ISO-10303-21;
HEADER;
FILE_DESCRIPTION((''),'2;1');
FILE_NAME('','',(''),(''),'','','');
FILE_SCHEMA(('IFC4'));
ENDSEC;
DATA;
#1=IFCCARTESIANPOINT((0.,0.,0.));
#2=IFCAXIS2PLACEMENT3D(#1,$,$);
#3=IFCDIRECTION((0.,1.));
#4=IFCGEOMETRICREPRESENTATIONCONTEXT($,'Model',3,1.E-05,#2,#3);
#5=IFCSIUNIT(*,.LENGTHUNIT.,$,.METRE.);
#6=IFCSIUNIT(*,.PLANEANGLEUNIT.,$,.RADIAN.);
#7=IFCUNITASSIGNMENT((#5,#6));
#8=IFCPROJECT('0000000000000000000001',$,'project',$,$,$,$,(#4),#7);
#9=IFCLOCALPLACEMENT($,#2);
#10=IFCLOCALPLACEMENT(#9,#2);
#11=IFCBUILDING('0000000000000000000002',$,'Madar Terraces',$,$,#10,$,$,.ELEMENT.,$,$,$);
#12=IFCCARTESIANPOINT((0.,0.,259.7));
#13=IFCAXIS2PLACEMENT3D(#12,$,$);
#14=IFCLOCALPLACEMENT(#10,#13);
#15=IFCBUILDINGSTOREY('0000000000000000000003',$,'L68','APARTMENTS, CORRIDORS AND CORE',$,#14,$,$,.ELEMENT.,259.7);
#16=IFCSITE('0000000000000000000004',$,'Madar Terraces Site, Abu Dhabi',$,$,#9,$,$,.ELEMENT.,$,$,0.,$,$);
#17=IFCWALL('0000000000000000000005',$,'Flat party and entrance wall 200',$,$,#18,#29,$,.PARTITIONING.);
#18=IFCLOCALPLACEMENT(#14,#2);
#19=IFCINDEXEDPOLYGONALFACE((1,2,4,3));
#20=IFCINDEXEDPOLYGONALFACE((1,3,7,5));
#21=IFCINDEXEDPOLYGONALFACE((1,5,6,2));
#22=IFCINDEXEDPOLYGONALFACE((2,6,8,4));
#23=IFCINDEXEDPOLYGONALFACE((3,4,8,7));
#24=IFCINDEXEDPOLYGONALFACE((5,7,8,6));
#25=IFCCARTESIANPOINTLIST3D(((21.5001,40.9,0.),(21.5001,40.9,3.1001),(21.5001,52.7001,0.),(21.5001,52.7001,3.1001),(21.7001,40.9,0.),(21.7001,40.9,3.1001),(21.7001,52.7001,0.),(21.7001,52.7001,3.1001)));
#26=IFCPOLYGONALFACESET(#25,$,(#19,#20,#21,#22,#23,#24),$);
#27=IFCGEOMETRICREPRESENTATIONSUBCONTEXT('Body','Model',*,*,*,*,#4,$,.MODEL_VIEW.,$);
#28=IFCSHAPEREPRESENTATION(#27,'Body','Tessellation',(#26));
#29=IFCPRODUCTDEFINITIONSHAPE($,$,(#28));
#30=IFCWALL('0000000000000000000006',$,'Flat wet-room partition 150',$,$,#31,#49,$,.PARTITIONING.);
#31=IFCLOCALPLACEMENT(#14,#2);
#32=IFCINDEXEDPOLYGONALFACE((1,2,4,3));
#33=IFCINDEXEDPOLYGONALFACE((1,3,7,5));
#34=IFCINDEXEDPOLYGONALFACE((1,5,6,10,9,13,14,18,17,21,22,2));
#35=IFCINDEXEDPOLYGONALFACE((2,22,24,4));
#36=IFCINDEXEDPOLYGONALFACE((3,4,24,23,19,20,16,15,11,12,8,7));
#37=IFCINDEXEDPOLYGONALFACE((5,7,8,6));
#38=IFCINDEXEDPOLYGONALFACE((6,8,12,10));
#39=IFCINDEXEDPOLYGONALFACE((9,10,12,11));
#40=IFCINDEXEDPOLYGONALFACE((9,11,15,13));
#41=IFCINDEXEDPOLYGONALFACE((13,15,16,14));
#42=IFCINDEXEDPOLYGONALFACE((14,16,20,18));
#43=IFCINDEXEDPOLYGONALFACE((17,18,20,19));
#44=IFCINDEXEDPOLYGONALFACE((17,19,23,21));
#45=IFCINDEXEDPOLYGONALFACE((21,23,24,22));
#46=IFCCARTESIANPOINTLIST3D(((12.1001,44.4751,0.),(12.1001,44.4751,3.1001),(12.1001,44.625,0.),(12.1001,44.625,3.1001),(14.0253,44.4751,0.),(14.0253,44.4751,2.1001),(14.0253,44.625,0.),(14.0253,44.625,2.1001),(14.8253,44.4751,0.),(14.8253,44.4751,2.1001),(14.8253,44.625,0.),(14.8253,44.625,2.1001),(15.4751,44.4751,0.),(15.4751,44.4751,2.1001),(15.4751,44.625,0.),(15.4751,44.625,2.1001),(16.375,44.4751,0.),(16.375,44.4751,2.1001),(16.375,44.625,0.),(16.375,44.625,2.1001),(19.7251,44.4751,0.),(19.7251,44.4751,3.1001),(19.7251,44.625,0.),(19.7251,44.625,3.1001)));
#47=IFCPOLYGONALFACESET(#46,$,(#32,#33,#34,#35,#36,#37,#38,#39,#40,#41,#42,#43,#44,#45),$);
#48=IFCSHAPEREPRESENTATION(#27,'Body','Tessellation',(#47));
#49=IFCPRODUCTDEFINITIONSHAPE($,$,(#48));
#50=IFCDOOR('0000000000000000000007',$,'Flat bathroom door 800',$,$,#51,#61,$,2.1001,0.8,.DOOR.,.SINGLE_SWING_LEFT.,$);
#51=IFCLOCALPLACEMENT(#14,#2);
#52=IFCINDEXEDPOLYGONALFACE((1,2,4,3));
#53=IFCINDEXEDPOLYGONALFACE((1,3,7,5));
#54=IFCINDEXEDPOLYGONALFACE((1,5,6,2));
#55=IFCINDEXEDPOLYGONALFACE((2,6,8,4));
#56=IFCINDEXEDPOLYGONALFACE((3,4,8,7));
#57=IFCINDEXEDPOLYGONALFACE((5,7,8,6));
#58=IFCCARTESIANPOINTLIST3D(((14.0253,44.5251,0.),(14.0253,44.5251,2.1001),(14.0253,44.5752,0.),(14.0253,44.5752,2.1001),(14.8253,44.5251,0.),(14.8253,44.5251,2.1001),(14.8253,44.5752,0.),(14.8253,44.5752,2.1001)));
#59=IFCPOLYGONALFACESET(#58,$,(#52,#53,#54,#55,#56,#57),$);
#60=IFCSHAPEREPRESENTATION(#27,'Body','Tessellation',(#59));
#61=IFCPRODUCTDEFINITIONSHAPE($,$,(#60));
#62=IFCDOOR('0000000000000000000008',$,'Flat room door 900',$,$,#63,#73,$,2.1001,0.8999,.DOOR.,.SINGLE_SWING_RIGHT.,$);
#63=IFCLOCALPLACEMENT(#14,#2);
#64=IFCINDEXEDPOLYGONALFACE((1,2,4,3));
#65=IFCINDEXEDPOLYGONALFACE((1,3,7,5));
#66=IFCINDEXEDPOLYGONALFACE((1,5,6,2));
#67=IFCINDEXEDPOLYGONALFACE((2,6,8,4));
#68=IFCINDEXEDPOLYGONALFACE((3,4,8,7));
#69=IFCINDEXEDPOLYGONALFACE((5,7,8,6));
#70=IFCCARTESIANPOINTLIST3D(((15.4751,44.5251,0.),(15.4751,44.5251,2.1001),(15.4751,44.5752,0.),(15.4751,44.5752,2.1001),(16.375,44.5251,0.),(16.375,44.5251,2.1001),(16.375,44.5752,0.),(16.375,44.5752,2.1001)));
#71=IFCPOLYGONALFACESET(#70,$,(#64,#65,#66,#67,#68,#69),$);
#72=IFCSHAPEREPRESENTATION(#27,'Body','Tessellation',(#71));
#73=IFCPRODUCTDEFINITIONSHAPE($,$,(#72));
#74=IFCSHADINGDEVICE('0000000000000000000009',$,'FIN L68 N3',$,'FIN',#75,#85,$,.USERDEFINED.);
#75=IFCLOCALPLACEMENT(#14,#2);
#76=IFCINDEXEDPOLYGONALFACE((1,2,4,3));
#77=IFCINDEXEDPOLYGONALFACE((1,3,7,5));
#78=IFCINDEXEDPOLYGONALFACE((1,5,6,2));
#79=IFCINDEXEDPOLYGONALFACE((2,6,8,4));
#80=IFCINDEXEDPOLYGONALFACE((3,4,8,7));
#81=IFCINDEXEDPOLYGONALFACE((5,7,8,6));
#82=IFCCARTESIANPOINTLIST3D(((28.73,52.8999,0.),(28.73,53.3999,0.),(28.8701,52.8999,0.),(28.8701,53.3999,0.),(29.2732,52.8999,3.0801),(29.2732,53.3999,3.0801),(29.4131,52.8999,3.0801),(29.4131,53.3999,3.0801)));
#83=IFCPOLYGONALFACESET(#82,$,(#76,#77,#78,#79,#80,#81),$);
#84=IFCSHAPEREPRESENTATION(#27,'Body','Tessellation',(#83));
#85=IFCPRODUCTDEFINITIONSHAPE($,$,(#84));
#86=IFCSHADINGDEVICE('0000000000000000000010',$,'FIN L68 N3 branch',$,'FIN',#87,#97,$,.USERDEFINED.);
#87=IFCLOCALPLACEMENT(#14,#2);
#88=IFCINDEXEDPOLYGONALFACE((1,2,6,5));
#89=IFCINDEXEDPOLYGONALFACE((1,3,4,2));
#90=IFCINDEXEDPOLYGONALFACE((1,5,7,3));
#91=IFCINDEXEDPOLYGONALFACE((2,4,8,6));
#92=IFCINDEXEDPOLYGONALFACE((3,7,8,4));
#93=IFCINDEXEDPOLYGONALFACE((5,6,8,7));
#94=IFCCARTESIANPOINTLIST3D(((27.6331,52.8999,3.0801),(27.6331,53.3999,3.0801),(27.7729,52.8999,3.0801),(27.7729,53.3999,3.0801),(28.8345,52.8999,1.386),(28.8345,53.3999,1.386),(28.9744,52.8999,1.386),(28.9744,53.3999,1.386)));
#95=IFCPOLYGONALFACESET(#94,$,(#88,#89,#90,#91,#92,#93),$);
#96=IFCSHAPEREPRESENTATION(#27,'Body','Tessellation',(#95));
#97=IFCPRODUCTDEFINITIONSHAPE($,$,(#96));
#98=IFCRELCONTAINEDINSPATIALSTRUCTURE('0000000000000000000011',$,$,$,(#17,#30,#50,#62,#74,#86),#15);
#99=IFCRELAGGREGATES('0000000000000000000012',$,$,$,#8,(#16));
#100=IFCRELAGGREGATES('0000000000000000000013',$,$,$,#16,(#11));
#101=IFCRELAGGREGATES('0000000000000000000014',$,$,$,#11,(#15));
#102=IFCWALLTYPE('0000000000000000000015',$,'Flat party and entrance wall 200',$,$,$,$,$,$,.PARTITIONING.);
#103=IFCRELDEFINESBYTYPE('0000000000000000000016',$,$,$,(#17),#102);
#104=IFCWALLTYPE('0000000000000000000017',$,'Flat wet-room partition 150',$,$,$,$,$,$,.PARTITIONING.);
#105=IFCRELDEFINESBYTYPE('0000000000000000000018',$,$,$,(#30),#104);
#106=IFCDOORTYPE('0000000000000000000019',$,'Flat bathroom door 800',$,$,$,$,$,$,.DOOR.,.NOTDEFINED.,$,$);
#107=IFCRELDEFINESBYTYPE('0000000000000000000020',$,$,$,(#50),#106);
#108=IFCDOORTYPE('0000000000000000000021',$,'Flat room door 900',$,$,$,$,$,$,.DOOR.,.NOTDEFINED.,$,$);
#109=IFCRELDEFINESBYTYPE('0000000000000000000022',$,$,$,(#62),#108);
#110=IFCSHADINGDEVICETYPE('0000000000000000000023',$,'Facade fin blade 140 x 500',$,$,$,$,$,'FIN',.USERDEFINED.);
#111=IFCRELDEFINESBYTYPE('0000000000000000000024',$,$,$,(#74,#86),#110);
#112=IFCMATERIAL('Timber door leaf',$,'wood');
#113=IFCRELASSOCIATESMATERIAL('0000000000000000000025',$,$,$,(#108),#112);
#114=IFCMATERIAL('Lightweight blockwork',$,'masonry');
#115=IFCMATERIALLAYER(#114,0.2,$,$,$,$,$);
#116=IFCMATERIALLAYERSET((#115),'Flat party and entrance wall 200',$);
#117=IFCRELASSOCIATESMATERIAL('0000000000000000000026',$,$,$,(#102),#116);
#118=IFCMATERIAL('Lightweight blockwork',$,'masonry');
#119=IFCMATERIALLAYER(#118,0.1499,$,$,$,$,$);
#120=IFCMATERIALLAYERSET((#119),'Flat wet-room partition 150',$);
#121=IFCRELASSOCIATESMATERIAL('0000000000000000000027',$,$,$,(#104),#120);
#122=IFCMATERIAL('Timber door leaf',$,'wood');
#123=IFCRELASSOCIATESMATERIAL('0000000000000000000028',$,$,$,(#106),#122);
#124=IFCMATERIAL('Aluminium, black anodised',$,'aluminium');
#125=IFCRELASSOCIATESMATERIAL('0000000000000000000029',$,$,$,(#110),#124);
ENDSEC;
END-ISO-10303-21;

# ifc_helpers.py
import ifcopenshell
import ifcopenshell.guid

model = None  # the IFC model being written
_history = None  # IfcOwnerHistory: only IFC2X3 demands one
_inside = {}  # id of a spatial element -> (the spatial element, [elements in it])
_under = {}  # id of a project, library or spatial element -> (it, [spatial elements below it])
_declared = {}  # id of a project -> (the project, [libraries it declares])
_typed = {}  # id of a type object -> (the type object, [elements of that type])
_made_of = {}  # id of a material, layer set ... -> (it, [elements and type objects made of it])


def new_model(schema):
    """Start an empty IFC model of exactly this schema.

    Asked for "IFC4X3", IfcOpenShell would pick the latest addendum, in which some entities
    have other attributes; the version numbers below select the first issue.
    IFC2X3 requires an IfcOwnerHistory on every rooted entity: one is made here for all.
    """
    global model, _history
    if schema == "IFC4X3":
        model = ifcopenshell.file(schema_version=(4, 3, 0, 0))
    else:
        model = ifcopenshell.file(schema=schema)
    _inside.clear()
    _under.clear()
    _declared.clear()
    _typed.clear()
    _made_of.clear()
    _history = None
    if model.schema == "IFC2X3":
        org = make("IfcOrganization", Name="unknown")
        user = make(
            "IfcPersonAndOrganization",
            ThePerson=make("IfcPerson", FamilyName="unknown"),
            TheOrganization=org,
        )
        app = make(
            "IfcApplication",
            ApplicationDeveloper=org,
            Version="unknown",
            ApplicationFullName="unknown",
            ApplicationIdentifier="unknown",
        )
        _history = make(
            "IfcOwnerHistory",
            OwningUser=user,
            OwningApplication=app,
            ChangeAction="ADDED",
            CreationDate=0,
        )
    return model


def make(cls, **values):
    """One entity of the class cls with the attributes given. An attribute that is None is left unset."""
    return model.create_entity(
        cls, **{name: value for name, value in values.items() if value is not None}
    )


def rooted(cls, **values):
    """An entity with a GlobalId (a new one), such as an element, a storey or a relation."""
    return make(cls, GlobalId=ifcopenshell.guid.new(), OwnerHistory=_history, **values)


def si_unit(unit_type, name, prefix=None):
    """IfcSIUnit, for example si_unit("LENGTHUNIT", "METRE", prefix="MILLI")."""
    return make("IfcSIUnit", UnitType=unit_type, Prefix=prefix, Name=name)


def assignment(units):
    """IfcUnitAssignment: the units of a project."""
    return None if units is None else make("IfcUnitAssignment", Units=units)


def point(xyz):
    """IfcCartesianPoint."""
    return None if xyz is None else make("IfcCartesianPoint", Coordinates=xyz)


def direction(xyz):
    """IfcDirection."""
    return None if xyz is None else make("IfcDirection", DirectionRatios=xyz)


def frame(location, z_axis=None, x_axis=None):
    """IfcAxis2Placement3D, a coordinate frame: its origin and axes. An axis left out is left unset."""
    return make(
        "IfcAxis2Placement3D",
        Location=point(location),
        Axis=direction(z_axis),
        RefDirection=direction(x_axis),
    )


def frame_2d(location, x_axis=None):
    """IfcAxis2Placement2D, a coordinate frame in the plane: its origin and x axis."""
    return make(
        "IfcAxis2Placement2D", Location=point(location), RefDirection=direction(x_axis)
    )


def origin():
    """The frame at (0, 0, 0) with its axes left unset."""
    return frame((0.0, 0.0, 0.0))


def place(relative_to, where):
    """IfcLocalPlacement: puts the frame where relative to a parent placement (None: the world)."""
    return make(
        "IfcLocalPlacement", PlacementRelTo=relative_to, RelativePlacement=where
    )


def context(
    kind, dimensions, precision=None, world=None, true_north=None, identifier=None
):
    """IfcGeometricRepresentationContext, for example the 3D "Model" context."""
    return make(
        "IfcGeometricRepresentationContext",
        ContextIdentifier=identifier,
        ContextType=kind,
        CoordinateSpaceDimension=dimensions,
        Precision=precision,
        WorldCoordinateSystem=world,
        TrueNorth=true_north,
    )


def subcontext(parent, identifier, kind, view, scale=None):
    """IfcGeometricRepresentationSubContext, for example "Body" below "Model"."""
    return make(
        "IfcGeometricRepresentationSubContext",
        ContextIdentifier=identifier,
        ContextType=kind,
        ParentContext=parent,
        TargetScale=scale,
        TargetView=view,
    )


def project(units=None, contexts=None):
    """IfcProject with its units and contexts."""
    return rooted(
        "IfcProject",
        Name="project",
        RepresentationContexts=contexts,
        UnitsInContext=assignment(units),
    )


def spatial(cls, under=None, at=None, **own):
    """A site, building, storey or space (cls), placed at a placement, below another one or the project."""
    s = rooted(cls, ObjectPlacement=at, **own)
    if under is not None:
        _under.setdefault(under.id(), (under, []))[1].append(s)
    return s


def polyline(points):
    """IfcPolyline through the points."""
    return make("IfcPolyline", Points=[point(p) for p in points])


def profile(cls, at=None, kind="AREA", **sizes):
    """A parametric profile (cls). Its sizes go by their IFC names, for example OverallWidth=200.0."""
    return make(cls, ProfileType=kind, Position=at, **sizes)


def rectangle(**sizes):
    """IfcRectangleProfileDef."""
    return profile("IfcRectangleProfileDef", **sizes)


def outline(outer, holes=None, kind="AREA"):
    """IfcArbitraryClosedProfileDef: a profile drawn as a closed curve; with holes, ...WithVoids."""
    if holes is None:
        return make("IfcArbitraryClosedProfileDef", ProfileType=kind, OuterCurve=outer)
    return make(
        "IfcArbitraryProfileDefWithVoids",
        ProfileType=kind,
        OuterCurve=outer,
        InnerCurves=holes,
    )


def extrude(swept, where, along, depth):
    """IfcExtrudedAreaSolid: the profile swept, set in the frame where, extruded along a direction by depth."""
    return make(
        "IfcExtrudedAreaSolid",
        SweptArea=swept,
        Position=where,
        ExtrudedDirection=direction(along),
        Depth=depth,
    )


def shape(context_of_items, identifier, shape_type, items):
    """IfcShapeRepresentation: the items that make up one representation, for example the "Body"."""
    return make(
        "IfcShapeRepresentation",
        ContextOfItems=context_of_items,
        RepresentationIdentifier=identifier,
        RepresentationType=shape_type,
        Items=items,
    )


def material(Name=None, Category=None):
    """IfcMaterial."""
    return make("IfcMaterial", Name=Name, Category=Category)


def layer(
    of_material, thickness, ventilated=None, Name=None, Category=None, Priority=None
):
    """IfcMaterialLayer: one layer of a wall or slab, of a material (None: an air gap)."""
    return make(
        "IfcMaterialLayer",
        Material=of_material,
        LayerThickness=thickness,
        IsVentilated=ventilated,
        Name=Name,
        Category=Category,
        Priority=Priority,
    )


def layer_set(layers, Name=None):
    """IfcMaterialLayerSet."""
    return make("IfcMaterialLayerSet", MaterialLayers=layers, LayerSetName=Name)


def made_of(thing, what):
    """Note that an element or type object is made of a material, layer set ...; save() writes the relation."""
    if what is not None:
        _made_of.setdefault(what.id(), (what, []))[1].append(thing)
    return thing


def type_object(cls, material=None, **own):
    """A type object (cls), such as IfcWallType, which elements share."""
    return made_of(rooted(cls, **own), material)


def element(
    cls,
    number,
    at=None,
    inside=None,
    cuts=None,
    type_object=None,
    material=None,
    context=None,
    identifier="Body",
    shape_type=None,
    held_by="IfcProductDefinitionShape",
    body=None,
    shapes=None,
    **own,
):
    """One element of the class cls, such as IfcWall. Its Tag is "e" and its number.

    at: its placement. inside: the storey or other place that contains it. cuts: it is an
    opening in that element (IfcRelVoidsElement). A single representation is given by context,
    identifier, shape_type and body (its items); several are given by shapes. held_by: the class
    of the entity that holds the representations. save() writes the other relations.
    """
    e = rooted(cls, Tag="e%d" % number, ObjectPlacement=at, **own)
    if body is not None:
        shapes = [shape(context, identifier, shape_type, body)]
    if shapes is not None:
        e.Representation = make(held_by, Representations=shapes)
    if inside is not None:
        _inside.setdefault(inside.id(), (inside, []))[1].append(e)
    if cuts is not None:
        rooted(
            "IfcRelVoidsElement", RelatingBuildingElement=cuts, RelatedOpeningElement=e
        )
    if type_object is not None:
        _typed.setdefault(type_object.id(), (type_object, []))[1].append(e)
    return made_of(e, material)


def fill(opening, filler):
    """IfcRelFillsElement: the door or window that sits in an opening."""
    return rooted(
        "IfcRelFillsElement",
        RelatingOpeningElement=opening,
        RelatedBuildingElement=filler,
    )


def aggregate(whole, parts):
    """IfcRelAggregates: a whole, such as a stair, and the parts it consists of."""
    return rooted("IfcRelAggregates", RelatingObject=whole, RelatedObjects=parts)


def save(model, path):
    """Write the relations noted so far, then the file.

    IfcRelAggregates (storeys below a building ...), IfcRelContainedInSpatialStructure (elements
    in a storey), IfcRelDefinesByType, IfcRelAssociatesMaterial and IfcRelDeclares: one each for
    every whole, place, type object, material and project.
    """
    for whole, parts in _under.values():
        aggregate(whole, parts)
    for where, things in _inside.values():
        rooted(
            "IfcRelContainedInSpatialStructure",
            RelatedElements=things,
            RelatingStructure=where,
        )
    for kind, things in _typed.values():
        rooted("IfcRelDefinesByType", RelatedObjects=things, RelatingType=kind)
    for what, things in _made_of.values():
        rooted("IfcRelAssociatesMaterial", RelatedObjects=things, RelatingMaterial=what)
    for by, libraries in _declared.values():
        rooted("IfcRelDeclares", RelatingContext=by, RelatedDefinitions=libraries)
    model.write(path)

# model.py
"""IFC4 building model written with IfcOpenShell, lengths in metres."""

from ifc_helpers import new_model, si_unit, direction, frame, frame_2d, origin, place, context, subcontext, project, spatial, polyline, rectangle, outline, extrude, material, layer, layer_set, type_object, element, fill, save


model = new_model("IFC4")

# Units and contexts
model_context = context("Model", 3, precision=1e-05, world=origin(), true_north=direction((0.0, 1.0)))
body_context = subcontext(model_context, "Body", "Model", "MODEL_VIEW")
ifc_project = project(units=[si_unit("LENGTHUNIT", "METRE"), si_unit("PLANEANGLEUNIT", "RADIAN")], contexts=[model_context])

# Site, building, storey
site_placement = place(None, origin())
site = spatial("IfcSite", under=ifc_project, at=site_placement, Name="Madar Terraces Site, Abu Dhabi", CompositionType="ELEMENT", RefElevation=0.0)
building_placement = place(site_placement, origin())
building = spatial("IfcBuilding", under=site, at=building_placement, Name="Madar Terraces", CompositionType="ELEMENT")
storey_placement = place(building_placement, frame((0.0, 0.0, 259.7)))
storey = spatial("IfcBuildingStorey", under=building, at=storey_placement, Name="L68", Description="APARTMENTS, CORRIDORS AND CORE", CompositionType="ELEMENT", Elevation=259.7)

# Shared definitions
ifc_material_1 = material(Name="Timber door leaf", Category="wood")
door_type_1 = type_object("IfcDoorType", Name="Flat room door 900", OperationType="NOTDEFINED", PredefinedType="DOOR", material=ifc_material_1)

# Wall
ifc_material_2 = material(Name="Lightweight blockwork", Category="masonry")
ifc_layer_1 = layer(ifc_material_2, 0.2)
ifc_layer_set_1 = layer_set([ifc_layer_1], Name="Flat party and entrance wall 200")
wall_type_1 = type_object("IfcWallType", Name="Flat party and entrance wall 200", PredefinedType="PARTITIONING", material=ifc_layer_set_1)
wall_1_placement = place(storey_placement, frame((21.6001, 52.7, 0.0), z_axis=(0.0, 0.0, 1.0), x_axis=(0.0, -1.0, 0.0)))
element("IfcWall", 1, at=wall_1_placement, inside=storey, type_object=wall_type_1, Name="Flat party and entrance wall 200", PredefinedType="PARTITIONING", context=body_context, shape_type="SweptSolid", body=[
    extrude(rectangle(XDim=11.8, YDim=0.2, at=frame_2d((5.8999, 0.0))), origin(), (0.0, 0.0, 1.0), 3.1001),
])

# Wall, openings, doors
ifc_material_3 = material(Name="Lightweight blockwork", Category="masonry")
ifc_layer_2 = layer(ifc_material_3, 0.1499)
ifc_layer_set_2 = layer_set([ifc_layer_2], Name="Flat wet-room partition 150")
wall_type_2 = type_object("IfcWallType", Name="Flat wet-room partition 150", PredefinedType="PARTITIONING", material=ifc_layer_set_2)
wall_2_placement = place(storey_placement, frame((19.7251, 44.55, 0.0), z_axis=(0.0, 0.0, 1.0), x_axis=(-1.0, 0.0, 0.0)))
wall_2 = element("IfcWall", 2, at=wall_2_placement, inside=storey, type_object=wall_type_2, Name="Flat wet-room partition 150", PredefinedType="PARTITIONING", context=body_context, shape_type="SweptSolid", body=[
    extrude(rectangle(XDim=7.625, YDim=0.1499, at=frame_2d((3.8125, 0.0))), origin(), (0.0, 0.0, 1.0), 3.1001),
])
opening_1_placement = place(wall_2_placement, frame((3.3501, 0.0, 0.0)))
opening_1 = element("IfcOpeningElement", 3, at=opening_1_placement, cuts=wall_2, PredefinedType="OPENING", context=body_context, shape_type="SweptSolid", body=[
    extrude(rectangle(XDim=0.8999, YDim=2.1001, at=frame_2d((0.45, 1.05))), frame((0.0, 0.085, 0.0), z_axis=(0.0, -1.0, 0.0), x_axis=(1.0, 0.0, 0.0)), (0.0, 0.0, 1.0), 0.1699),
])
opening_2_placement = place(wall_2_placement, frame((4.8999, 0.0, 0.0)))
opening_2 = element("IfcOpeningElement", 4, at=opening_2_placement, cuts=wall_2, PredefinedType="OPENING", context=body_context, shape_type="SweptSolid", body=[
    extrude(rectangle(XDim=0.8, YDim=2.1001, at=frame_2d((0.3999, 1.05))), frame((0.0, 0.085, 0.0), z_axis=(0.0, -1.0, 0.0), x_axis=(1.0, 0.0, 0.0)), (0.0, 0.0, 1.0), 0.1699),
])
ifc_material_4 = material(Name="Timber door leaf", Category="wood")
door_type_2 = type_object("IfcDoorType", Name="Flat bathroom door 800", OperationType="NOTDEFINED", PredefinedType="DOOR", material=ifc_material_4)
door_1_placement = place(opening_2_placement, origin())
door_1 = element("IfcDoor", 5, at=door_1_placement, inside=storey, type_object=door_type_2, Name="Flat bathroom door 800", OperationType="SINGLE_SWING_LEFT", OverallHeight=2.1001, OverallWidth=0.8, PredefinedType="DOOR", context=body_context, shape_type="SweptSolid", body=[
    extrude(rectangle(XDim=0.8, YDim=2.1001, at=frame_2d((0.3999, 1.05))), frame((0.0, 0.0249, 0.0), z_axis=(0.0, -1.0, 0.0), x_axis=(1.0, 0.0, 0.0)), (0.0, 0.0, 1.0), 0.05),
])
fill(opening_2, door_1)
door_2_placement = place(opening_1_placement, origin())
door_2 = element("IfcDoor", 6, at=door_2_placement, inside=storey, type_object=door_type_1, Name="Flat room door 900", OperationType="SINGLE_SWING_RIGHT", OverallHeight=2.1001, OverallWidth=0.8999, PredefinedType="DOOR", context=body_context, shape_type="SweptSolid", body=[
    extrude(rectangle(XDim=0.8999, YDim=2.1001, at=frame_2d((0.45, 1.05))), frame((0.0, 0.0249, 0.0), z_axis=(0.0, -1.0, 0.0), x_axis=(1.0, 0.0, 0.0)), (0.0, 0.0, 1.0), 0.05),
])
fill(opening_1, door_2)

# Shading devices
ifc_material_5 = material(Name="Aluminium, black anodised", Category="aluminium")
shading_device_type = type_object("IfcShadingDeviceType", Name="Facade fin blade 140 x 500", ElementType="FIN", PredefinedType="USERDEFINED", material=ifc_material_5)
shading_device_1_placement = place(storey_placement, frame((28.8701, 53.1499, 0.0), z_axis=(0.0, 0.0, 1.0), x_axis=(-1.0, 0.0, 0.0)))
element("IfcShadingDevice", 7, at=shading_device_1_placement, inside=storey, type_object=shading_device_type, Name="FIN L68 N3", ObjectType="FIN", PredefinedType="USERDEFINED", context=body_context, shape_type="SweptSolid", body=[
    extrude(outline(polyline([(0.0, 0.0), (0.1401, 0.0), (-0.4031, 3.0801), (-0.543, 3.0801), (0.0, 0.0)])), frame((0.0, 0.25, 0.0), z_axis=(0.0, -1.0, 0.0), x_axis=(1.0, 0.0, 0.0)), (0.0, 0.0, 1.0), 0.5),
])
shading_device_2_placement = place(storey_placement, frame((28.9744, 53.1499, 1.386), z_axis=(0.0, 0.0, 1.0), x_axis=(-1.0, 0.0, 0.0)))
element("IfcShadingDevice", 8, at=shading_device_2_placement, inside=storey, type_object=shading_device_type, Name="FIN L68 N3 branch", ObjectType="FIN", PredefinedType="USERDEFINED", context=body_context, shape_type="SweptSolid", body=[
    extrude(outline(polyline([(0.0, 0.0), (0.1399, 0.0), (1.3413, 1.6941), (1.2014, 1.6941), (0.0, 0.0)])), frame((0.0, 0.25, 0.0), z_axis=(0.0, -1.0, 0.0), x_axis=(1.0, 0.0, 0.0)), (0.0, 0.0, 1.0), 0.5),
])

save(model, "model.ifc")
